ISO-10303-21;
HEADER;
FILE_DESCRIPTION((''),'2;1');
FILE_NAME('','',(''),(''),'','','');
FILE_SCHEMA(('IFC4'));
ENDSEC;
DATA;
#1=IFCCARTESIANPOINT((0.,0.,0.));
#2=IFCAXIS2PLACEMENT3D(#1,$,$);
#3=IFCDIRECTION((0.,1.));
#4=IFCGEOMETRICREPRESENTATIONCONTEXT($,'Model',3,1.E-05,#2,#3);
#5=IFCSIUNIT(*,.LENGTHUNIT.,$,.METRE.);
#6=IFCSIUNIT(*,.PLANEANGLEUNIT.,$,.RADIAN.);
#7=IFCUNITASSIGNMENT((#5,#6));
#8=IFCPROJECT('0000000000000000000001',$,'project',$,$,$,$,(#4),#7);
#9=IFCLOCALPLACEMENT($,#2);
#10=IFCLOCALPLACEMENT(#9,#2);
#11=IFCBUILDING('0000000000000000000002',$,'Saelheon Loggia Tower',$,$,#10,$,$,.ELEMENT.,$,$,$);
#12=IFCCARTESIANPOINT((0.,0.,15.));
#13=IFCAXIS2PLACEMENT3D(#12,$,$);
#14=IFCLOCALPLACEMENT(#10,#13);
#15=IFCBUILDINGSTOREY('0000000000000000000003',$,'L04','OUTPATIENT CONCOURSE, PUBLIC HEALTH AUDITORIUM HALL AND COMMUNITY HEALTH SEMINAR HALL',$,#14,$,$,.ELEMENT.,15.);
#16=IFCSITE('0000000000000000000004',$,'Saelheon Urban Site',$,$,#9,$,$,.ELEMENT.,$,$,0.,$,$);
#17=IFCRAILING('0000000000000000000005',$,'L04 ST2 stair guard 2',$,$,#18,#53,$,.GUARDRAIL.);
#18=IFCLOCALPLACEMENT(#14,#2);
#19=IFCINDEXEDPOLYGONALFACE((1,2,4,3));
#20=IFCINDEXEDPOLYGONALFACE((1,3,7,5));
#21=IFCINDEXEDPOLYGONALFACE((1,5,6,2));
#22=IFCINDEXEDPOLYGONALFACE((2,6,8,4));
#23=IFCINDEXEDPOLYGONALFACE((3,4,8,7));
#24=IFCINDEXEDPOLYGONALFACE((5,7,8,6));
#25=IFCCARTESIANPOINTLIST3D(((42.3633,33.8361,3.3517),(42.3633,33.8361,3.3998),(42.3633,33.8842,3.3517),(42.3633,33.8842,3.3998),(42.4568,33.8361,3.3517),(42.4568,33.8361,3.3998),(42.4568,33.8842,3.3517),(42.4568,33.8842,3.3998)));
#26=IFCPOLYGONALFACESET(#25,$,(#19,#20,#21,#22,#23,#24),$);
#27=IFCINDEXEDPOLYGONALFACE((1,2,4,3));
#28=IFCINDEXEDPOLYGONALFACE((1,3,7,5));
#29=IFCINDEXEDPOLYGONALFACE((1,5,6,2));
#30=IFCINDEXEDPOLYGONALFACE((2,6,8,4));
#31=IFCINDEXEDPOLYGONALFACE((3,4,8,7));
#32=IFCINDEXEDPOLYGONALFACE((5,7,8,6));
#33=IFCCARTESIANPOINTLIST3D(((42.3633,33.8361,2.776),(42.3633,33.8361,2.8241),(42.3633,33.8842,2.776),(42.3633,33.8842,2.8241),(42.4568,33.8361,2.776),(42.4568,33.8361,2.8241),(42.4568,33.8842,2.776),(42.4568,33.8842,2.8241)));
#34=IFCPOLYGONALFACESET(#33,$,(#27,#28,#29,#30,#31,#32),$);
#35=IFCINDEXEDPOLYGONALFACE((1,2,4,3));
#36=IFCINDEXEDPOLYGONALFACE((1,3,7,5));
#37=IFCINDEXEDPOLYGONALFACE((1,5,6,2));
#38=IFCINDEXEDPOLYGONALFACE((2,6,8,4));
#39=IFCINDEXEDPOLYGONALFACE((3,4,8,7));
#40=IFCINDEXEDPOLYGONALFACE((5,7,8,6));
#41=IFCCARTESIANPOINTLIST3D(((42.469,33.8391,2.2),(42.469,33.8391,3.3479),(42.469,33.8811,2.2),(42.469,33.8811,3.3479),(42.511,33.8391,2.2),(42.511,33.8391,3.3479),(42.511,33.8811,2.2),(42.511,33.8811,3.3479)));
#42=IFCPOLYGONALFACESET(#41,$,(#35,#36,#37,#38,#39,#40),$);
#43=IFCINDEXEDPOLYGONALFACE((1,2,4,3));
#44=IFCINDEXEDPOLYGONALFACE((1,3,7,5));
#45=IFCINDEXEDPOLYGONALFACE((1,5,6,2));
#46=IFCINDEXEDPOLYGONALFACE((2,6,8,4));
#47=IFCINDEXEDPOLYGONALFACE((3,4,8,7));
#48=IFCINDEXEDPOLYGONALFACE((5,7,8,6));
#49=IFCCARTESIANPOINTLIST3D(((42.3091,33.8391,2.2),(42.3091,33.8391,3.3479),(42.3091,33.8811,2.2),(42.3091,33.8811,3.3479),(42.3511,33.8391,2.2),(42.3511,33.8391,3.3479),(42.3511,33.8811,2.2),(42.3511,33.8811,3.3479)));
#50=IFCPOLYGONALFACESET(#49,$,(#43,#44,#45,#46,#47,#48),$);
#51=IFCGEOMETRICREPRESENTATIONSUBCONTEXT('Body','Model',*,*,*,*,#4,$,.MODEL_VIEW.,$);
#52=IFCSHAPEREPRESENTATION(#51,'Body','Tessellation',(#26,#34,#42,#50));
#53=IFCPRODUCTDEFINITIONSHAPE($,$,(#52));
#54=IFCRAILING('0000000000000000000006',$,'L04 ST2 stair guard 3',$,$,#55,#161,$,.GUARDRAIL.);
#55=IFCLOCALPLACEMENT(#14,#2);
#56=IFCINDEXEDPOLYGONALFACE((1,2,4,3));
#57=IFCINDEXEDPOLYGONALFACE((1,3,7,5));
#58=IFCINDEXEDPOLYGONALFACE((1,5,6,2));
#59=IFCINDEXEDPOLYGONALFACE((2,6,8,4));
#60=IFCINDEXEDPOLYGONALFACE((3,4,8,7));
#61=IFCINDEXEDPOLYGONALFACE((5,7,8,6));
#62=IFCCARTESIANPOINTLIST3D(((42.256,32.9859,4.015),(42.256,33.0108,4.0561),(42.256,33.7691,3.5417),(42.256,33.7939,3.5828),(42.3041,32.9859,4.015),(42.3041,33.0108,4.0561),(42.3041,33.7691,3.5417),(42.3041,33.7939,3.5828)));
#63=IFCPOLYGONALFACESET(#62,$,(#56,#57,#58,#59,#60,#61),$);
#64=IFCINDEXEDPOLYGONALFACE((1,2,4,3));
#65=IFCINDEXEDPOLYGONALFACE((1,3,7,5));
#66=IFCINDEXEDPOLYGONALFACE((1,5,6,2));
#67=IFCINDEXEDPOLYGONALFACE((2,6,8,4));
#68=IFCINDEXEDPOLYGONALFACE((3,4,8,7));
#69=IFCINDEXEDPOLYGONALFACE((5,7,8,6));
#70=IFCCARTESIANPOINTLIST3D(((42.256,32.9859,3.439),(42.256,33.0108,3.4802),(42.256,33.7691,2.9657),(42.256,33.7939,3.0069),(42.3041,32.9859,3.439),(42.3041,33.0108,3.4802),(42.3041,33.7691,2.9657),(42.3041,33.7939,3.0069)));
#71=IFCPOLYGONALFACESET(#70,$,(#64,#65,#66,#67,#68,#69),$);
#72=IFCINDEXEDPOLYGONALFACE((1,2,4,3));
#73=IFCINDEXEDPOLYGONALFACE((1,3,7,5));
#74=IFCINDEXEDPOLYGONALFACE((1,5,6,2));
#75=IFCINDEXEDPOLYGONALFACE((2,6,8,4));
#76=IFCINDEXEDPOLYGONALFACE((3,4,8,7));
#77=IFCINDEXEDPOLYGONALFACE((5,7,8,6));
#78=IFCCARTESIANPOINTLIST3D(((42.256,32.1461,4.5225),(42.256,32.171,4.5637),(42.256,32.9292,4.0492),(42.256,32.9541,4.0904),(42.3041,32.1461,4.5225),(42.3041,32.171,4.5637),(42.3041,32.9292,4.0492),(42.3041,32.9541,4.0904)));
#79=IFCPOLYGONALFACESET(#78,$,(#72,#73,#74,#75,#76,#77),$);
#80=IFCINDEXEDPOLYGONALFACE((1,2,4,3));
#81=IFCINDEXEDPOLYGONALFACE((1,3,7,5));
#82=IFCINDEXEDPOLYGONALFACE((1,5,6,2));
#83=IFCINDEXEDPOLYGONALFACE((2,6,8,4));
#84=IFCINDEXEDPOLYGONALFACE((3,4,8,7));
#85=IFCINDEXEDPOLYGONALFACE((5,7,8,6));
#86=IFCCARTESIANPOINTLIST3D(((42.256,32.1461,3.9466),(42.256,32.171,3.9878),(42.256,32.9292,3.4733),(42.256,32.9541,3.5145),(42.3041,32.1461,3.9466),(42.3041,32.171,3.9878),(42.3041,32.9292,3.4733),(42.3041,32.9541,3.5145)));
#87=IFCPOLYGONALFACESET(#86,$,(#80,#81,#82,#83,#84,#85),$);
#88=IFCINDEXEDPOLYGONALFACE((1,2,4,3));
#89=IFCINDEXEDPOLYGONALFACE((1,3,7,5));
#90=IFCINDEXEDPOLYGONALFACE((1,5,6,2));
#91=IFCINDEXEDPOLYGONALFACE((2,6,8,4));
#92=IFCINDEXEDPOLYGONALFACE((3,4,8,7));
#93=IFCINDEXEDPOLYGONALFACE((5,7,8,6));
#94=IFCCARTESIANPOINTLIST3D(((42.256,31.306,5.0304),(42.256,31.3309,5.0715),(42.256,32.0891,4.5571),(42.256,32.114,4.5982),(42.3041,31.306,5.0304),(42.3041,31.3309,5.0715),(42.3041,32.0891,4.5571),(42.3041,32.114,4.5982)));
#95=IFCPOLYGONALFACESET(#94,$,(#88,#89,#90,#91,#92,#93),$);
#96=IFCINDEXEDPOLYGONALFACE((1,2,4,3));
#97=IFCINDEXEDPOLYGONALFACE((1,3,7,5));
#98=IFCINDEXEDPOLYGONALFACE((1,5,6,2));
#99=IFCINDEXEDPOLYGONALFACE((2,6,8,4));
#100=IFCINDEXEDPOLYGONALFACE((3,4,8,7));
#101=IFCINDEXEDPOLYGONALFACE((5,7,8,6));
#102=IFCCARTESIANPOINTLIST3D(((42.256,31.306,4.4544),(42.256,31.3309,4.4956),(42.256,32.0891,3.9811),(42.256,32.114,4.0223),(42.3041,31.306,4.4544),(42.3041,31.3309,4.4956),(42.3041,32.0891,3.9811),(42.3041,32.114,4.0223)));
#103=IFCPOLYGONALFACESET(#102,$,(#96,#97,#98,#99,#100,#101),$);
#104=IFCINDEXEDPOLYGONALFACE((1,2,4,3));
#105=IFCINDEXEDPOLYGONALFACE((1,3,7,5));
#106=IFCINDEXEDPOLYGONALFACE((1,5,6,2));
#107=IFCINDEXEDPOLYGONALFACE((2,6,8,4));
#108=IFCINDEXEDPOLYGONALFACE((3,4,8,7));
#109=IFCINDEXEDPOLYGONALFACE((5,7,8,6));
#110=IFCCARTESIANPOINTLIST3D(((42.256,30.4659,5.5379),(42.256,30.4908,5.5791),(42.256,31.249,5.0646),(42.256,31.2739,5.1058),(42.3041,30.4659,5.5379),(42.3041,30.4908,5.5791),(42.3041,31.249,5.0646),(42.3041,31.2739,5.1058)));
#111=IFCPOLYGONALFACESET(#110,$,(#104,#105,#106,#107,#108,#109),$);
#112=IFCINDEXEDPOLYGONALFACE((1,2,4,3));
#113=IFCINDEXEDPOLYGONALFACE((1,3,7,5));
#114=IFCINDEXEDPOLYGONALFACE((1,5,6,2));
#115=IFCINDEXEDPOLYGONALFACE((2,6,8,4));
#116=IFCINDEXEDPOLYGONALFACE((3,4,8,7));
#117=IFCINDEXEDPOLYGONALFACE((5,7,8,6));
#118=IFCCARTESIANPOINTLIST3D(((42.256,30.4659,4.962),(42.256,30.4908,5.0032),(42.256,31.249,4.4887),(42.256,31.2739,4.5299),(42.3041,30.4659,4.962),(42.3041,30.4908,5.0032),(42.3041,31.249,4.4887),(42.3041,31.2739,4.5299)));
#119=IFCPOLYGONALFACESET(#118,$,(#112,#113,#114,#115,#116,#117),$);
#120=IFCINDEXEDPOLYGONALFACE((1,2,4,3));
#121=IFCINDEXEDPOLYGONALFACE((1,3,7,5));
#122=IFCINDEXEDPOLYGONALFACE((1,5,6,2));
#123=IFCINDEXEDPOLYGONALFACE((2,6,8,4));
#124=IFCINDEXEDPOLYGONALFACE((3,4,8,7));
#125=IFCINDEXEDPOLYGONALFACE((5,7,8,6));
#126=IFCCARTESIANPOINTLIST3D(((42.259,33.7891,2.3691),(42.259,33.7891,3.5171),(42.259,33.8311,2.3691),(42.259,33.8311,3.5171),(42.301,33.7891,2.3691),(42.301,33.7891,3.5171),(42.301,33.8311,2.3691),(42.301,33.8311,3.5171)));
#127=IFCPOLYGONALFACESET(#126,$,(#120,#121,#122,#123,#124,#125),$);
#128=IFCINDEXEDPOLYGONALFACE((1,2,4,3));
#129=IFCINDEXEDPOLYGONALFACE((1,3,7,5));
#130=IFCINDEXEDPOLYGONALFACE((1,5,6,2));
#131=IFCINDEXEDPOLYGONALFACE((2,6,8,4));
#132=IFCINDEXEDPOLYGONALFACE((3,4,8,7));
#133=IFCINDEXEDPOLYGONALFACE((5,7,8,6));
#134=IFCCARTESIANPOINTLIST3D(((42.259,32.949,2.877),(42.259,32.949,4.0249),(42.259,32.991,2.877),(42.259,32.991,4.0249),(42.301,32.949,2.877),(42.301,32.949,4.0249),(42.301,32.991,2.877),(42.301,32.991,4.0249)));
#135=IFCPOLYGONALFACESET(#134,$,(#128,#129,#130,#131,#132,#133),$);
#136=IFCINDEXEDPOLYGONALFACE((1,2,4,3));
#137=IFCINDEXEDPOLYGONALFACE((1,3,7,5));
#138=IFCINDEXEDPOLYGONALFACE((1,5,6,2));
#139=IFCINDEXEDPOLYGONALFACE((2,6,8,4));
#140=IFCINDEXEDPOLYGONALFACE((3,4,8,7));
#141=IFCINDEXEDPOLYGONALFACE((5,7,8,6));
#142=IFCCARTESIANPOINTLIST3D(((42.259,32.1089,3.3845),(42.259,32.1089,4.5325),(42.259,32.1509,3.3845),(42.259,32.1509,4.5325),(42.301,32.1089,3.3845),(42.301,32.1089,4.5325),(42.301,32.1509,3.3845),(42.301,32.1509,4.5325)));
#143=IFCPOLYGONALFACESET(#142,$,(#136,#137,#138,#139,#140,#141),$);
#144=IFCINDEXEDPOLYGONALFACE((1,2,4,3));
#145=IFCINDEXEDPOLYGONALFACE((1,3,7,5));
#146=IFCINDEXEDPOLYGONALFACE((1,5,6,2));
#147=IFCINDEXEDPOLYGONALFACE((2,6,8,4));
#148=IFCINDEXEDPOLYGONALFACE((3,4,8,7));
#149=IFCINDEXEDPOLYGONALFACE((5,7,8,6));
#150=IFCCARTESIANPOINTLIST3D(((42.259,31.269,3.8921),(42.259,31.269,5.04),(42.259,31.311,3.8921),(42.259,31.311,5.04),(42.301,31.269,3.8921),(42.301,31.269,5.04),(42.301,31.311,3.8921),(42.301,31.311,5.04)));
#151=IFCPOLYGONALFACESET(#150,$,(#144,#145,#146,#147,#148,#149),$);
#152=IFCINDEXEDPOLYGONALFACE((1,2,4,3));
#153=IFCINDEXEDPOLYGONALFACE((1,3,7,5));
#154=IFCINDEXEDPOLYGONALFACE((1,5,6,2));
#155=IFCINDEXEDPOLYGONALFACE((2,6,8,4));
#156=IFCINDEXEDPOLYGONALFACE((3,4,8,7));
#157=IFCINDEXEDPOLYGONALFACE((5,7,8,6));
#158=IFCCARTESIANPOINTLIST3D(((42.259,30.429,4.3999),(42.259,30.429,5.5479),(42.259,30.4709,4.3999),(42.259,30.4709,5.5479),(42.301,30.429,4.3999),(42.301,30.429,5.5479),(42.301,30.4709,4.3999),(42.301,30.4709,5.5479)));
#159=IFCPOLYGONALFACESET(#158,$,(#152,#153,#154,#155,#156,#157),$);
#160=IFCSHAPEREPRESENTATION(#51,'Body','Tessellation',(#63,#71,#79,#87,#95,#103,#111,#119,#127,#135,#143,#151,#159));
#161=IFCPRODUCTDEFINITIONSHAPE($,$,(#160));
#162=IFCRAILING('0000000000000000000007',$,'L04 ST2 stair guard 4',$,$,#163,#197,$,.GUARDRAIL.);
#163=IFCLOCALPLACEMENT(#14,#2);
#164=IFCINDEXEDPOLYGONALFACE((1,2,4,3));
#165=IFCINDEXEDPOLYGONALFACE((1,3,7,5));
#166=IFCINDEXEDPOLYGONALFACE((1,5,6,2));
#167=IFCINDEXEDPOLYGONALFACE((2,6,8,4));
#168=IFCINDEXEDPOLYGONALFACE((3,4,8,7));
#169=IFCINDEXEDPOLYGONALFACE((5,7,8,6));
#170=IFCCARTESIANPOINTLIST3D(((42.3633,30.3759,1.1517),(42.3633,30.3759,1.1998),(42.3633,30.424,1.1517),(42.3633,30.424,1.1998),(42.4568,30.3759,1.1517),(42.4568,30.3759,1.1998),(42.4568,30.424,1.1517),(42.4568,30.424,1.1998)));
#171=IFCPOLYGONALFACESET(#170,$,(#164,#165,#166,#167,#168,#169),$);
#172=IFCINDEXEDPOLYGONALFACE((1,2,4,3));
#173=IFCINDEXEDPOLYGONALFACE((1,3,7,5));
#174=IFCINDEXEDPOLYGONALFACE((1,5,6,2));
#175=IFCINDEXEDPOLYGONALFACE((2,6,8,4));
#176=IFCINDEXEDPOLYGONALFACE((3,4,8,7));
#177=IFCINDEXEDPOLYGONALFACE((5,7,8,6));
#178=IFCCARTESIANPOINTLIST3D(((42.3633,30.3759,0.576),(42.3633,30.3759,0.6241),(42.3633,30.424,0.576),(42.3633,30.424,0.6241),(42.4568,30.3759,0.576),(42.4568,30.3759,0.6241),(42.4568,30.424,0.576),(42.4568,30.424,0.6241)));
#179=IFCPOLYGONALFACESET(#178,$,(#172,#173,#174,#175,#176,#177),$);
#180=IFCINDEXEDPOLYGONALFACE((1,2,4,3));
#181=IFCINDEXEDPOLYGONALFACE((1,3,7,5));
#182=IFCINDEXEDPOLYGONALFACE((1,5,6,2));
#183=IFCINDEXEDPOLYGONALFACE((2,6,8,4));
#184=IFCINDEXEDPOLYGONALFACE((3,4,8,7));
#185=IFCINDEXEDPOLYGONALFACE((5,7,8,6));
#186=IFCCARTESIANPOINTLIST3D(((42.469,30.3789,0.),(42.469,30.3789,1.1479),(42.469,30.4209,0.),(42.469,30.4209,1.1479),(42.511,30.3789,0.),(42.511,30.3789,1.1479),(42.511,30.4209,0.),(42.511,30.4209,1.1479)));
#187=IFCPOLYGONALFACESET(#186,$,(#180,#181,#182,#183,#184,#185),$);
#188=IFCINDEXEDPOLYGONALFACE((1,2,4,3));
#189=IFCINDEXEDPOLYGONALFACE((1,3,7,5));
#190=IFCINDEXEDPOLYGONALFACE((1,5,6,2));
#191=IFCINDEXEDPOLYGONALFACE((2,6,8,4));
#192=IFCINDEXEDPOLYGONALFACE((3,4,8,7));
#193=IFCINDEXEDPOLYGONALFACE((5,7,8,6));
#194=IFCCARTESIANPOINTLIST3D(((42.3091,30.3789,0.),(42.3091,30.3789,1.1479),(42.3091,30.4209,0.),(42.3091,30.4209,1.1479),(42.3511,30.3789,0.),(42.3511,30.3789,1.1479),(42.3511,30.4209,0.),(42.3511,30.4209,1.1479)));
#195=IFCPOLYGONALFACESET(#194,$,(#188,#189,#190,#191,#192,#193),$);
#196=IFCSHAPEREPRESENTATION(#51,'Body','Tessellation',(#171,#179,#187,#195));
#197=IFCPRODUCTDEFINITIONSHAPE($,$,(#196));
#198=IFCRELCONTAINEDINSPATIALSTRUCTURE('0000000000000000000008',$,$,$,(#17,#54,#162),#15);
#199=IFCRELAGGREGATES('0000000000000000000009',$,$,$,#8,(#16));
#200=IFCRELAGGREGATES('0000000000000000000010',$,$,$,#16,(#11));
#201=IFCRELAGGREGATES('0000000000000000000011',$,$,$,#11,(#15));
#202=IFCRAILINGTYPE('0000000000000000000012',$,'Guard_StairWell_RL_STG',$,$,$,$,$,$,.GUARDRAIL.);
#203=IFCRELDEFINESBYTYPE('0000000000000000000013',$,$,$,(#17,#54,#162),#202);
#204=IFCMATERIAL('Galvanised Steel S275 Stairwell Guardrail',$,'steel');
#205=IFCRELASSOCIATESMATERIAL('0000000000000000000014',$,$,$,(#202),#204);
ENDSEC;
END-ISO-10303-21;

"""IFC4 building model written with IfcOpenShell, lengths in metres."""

from ifc_helpers import new_model, si_unit, direction, frame, origin, origin_2d, place, context, subcontext, project, spatial, rectangle, extrude, material, type_object, element, save


model = new_model("IFC4")

# Units and contexts
model_context = context("Model", 3, precision=1e-05, world=origin(), true_north=direction((0.0, 1.0)))
body_context = subcontext(model_context, "Body", "Model", "MODEL_VIEW")
ifc_project = project(units=[si_unit("LENGTHUNIT", "METRE"), si_unit("PLANEANGLEUNIT", "RADIAN")], contexts=[model_context])

# Site, building, storey
site_placement = place(None, origin())
site = spatial("IfcSite", under=ifc_project, at=site_placement, Name="Saelheon Urban Site", CompositionType="ELEMENT", RefElevation=0.0)
building_placement = place(site_placement, origin())
building = spatial("IfcBuilding", under=site, at=building_placement, Name="Saelheon Loggia Tower", CompositionType="ELEMENT")
storey_placement = place(building_placement, frame((0.0, 0.0, 15.0)))
storey = spatial("IfcBuildingStorey", under=building, at=storey_placement, Name="L04", Description="OUTPATIENT CONCOURSE, PUBLIC HEALTH AUDITORIUM HALL AND COMMUNITY HEALTH SEMINAR HALL", CompositionType="ELEMENT", Elevation=15.0)

# Railings
ifc_material_1 = material(Name="Galvanised Steel S275 Stairwell Guardrail", Category="steel")
railing_type_1 = type_object("IfcRailingType", Name="Guard_StairWell_RL_STG", PredefinedType="GUARDRAIL", material=ifc_material_1)
railing_1_placement = place(storey_placement, frame((42.49, 33.8601, 2.2)))
element("IfcRailing", 1, at=railing_1_placement, inside=storey, type_object=railing_type_1, Name="L04 ST2 stair guard 2", PredefinedType="GUARDRAIL", context=body_context, shape_type="SweptSolid", body=[
    extrude(rectangle(XDim=0.0481, YDim=0.0481, at=origin_2d()), frame((-0.0332, 0.0, 1.1758), z_axis=(-1.0, 0.0, 0.0), x_axis=(0.0, -1.0, 0.0)), (0.0, 0.0, 1.0), 0.0935),
    extrude(rectangle(XDim=0.0481, YDim=0.0481, at=origin_2d()), frame((-0.0332, 0.0, 0.6001), z_axis=(-1.0, 0.0, 0.0), x_axis=(0.0, -1.0, 0.0)), (0.0, 0.0, 1.0), 0.0935),
    extrude(rectangle(XDim=0.042, YDim=0.042, at=origin_2d()), origin(), (0.0, 0.0, 1.0), 1.1479),
    extrude(rectangle(XDim=0.042, YDim=0.042, at=origin_2d()), frame((-0.1599, 0.0, 0.0)), (0.0, 0.0, 1.0), 1.1479),
])
railing_2_placement = place(storey_placement, frame((42.28, 33.8101, 2.3691)))
element("IfcRailing", 2, at=railing_2_placement, inside=storey, type_object=railing_type_1, Name="L04 ST2 stair guard 3", PredefinedType="GUARDRAIL", context=body_context, shape_type="SweptSolid", body=[
    extrude(rectangle(XDim=0.0481, YDim=0.0481, at=origin_2d()), frame((0.0, -0.0286, 1.1931), z_axis=(0.0, -0.855837, 0.517246), x_axis=(1.0, 0.0, 0.0)), (0.0, 0.0, 1.0), 0.915),
    extrude(rectangle(XDim=0.0481, YDim=0.0481, at=origin_2d()), frame((0.0, -0.0286, 0.6172), z_axis=(0.0, -0.855837, 0.517246), x_axis=(1.0, 0.0, 0.0)), (0.0, 0.0, 1.0), 0.915),
    extrude(rectangle(XDim=0.0481, YDim=0.0481, at=origin_2d()), frame((0.0, -0.8684, 1.7007), z_axis=(0.0, -0.855837, 0.517246), x_axis=(1.0, 0.0, 0.0)), (0.0, 0.0, 1.0), 0.915),
    extrude(rectangle(XDim=0.0481, YDim=0.0481, at=origin_2d()), frame((0.0, -0.8684, 1.1248), z_axis=(0.0, -0.855837, 0.517246), x_axis=(1.0, 0.0, 0.0)), (0.0, 0.0, 1.0), 0.915),
    extrude(rectangle(XDim=0.0481, YDim=0.0481, at=origin_2d()), frame((0.0, -1.7085, 2.2085), z_axis=(0.0, -0.855837, 0.517246), x_axis=(1.0, 0.0, 0.0)), (0.0, 0.0, 1.0), 0.915),
    extrude(rectangle(XDim=0.0481, YDim=0.0481, at=origin_2d()), frame((0.0, -1.7085, 1.6326), z_axis=(0.0, -0.855837, 0.517246), x_axis=(1.0, 0.0, 0.0)), (0.0, 0.0, 1.0), 0.915),
    extrude(rectangle(XDim=0.0481, YDim=0.0481, at=origin_2d()), frame((0.0, -2.5486, 2.7161), z_axis=(0.0, -0.855837, 0.517246), x_axis=(1.0, 0.0, 0.0)), (0.0, 0.0, 1.0), 0.915),
    extrude(rectangle(XDim=0.0481, YDim=0.0481, at=origin_2d()), frame((0.0, -2.5486, 2.1401), z_axis=(0.0, -0.855837, 0.517246), x_axis=(1.0, 0.0, 0.0)), (0.0, 0.0, 1.0), 0.915),
    extrude(rectangle(XDim=0.042, YDim=0.042, at=origin_2d()), origin(), (0.0, 0.0, 1.0), 1.1479),
    extrude(rectangle(XDim=0.042, YDim=0.042, at=origin_2d()), frame((0.0, -0.8401, 0.5078)), (0.0, 0.0, 1.0), 1.1479),
    extrude(rectangle(XDim=0.042, YDim=0.042, at=origin_2d()), frame((0.0, -1.6802, 1.0154)), (0.0, 0.0, 1.0), 1.1479),
    extrude(rectangle(XDim=0.042, YDim=0.042, at=origin_2d()), frame((0.0, -2.52, 1.5229)), (0.0, 0.0, 1.0), 1.1479),
    extrude(rectangle(XDim=0.042, YDim=0.042, at=origin_2d()), frame((0.0, -3.3601, 2.0308)), (0.0, 0.0, 1.0), 1.1479),
])
railing_3_placement = place(storey_placement, frame((42.49, 30.3999, 0.0)))
element("IfcRailing", 3, at=railing_3_placement, inside=storey, type_object=railing_type_1, Name="L04 ST2 stair guard 4", PredefinedType="GUARDRAIL", context=body_context, shape_type="SweptSolid", body=[
    extrude(rectangle(XDim=0.0481, YDim=0.0481, at=origin_2d()), frame((-0.0332, 0.0, 1.1758), z_axis=(-1.0, 0.0, 0.0), x_axis=(0.0, -1.0, 0.0)), (0.0, 0.0, 1.0), 0.0935),
    extrude(rectangle(XDim=0.0481, YDim=0.0481, at=origin_2d()), frame((-0.0332, 0.0, 0.6001), z_axis=(-1.0, 0.0, 0.0), x_axis=(0.0, -1.0, 0.0)), (0.0, 0.0, 1.0), 0.0935),
    extrude(rectangle(XDim=0.042, YDim=0.042, at=origin_2d()), origin(), (0.0, 0.0, 1.0), 1.1479),
    extrude(rectangle(XDim=0.042, YDim=0.042, at=origin_2d()), frame((-0.1599, 0.0, 0.0)), (0.0, 0.0, 1.0), 1.1479),
])

save(model, "model.ifc")
